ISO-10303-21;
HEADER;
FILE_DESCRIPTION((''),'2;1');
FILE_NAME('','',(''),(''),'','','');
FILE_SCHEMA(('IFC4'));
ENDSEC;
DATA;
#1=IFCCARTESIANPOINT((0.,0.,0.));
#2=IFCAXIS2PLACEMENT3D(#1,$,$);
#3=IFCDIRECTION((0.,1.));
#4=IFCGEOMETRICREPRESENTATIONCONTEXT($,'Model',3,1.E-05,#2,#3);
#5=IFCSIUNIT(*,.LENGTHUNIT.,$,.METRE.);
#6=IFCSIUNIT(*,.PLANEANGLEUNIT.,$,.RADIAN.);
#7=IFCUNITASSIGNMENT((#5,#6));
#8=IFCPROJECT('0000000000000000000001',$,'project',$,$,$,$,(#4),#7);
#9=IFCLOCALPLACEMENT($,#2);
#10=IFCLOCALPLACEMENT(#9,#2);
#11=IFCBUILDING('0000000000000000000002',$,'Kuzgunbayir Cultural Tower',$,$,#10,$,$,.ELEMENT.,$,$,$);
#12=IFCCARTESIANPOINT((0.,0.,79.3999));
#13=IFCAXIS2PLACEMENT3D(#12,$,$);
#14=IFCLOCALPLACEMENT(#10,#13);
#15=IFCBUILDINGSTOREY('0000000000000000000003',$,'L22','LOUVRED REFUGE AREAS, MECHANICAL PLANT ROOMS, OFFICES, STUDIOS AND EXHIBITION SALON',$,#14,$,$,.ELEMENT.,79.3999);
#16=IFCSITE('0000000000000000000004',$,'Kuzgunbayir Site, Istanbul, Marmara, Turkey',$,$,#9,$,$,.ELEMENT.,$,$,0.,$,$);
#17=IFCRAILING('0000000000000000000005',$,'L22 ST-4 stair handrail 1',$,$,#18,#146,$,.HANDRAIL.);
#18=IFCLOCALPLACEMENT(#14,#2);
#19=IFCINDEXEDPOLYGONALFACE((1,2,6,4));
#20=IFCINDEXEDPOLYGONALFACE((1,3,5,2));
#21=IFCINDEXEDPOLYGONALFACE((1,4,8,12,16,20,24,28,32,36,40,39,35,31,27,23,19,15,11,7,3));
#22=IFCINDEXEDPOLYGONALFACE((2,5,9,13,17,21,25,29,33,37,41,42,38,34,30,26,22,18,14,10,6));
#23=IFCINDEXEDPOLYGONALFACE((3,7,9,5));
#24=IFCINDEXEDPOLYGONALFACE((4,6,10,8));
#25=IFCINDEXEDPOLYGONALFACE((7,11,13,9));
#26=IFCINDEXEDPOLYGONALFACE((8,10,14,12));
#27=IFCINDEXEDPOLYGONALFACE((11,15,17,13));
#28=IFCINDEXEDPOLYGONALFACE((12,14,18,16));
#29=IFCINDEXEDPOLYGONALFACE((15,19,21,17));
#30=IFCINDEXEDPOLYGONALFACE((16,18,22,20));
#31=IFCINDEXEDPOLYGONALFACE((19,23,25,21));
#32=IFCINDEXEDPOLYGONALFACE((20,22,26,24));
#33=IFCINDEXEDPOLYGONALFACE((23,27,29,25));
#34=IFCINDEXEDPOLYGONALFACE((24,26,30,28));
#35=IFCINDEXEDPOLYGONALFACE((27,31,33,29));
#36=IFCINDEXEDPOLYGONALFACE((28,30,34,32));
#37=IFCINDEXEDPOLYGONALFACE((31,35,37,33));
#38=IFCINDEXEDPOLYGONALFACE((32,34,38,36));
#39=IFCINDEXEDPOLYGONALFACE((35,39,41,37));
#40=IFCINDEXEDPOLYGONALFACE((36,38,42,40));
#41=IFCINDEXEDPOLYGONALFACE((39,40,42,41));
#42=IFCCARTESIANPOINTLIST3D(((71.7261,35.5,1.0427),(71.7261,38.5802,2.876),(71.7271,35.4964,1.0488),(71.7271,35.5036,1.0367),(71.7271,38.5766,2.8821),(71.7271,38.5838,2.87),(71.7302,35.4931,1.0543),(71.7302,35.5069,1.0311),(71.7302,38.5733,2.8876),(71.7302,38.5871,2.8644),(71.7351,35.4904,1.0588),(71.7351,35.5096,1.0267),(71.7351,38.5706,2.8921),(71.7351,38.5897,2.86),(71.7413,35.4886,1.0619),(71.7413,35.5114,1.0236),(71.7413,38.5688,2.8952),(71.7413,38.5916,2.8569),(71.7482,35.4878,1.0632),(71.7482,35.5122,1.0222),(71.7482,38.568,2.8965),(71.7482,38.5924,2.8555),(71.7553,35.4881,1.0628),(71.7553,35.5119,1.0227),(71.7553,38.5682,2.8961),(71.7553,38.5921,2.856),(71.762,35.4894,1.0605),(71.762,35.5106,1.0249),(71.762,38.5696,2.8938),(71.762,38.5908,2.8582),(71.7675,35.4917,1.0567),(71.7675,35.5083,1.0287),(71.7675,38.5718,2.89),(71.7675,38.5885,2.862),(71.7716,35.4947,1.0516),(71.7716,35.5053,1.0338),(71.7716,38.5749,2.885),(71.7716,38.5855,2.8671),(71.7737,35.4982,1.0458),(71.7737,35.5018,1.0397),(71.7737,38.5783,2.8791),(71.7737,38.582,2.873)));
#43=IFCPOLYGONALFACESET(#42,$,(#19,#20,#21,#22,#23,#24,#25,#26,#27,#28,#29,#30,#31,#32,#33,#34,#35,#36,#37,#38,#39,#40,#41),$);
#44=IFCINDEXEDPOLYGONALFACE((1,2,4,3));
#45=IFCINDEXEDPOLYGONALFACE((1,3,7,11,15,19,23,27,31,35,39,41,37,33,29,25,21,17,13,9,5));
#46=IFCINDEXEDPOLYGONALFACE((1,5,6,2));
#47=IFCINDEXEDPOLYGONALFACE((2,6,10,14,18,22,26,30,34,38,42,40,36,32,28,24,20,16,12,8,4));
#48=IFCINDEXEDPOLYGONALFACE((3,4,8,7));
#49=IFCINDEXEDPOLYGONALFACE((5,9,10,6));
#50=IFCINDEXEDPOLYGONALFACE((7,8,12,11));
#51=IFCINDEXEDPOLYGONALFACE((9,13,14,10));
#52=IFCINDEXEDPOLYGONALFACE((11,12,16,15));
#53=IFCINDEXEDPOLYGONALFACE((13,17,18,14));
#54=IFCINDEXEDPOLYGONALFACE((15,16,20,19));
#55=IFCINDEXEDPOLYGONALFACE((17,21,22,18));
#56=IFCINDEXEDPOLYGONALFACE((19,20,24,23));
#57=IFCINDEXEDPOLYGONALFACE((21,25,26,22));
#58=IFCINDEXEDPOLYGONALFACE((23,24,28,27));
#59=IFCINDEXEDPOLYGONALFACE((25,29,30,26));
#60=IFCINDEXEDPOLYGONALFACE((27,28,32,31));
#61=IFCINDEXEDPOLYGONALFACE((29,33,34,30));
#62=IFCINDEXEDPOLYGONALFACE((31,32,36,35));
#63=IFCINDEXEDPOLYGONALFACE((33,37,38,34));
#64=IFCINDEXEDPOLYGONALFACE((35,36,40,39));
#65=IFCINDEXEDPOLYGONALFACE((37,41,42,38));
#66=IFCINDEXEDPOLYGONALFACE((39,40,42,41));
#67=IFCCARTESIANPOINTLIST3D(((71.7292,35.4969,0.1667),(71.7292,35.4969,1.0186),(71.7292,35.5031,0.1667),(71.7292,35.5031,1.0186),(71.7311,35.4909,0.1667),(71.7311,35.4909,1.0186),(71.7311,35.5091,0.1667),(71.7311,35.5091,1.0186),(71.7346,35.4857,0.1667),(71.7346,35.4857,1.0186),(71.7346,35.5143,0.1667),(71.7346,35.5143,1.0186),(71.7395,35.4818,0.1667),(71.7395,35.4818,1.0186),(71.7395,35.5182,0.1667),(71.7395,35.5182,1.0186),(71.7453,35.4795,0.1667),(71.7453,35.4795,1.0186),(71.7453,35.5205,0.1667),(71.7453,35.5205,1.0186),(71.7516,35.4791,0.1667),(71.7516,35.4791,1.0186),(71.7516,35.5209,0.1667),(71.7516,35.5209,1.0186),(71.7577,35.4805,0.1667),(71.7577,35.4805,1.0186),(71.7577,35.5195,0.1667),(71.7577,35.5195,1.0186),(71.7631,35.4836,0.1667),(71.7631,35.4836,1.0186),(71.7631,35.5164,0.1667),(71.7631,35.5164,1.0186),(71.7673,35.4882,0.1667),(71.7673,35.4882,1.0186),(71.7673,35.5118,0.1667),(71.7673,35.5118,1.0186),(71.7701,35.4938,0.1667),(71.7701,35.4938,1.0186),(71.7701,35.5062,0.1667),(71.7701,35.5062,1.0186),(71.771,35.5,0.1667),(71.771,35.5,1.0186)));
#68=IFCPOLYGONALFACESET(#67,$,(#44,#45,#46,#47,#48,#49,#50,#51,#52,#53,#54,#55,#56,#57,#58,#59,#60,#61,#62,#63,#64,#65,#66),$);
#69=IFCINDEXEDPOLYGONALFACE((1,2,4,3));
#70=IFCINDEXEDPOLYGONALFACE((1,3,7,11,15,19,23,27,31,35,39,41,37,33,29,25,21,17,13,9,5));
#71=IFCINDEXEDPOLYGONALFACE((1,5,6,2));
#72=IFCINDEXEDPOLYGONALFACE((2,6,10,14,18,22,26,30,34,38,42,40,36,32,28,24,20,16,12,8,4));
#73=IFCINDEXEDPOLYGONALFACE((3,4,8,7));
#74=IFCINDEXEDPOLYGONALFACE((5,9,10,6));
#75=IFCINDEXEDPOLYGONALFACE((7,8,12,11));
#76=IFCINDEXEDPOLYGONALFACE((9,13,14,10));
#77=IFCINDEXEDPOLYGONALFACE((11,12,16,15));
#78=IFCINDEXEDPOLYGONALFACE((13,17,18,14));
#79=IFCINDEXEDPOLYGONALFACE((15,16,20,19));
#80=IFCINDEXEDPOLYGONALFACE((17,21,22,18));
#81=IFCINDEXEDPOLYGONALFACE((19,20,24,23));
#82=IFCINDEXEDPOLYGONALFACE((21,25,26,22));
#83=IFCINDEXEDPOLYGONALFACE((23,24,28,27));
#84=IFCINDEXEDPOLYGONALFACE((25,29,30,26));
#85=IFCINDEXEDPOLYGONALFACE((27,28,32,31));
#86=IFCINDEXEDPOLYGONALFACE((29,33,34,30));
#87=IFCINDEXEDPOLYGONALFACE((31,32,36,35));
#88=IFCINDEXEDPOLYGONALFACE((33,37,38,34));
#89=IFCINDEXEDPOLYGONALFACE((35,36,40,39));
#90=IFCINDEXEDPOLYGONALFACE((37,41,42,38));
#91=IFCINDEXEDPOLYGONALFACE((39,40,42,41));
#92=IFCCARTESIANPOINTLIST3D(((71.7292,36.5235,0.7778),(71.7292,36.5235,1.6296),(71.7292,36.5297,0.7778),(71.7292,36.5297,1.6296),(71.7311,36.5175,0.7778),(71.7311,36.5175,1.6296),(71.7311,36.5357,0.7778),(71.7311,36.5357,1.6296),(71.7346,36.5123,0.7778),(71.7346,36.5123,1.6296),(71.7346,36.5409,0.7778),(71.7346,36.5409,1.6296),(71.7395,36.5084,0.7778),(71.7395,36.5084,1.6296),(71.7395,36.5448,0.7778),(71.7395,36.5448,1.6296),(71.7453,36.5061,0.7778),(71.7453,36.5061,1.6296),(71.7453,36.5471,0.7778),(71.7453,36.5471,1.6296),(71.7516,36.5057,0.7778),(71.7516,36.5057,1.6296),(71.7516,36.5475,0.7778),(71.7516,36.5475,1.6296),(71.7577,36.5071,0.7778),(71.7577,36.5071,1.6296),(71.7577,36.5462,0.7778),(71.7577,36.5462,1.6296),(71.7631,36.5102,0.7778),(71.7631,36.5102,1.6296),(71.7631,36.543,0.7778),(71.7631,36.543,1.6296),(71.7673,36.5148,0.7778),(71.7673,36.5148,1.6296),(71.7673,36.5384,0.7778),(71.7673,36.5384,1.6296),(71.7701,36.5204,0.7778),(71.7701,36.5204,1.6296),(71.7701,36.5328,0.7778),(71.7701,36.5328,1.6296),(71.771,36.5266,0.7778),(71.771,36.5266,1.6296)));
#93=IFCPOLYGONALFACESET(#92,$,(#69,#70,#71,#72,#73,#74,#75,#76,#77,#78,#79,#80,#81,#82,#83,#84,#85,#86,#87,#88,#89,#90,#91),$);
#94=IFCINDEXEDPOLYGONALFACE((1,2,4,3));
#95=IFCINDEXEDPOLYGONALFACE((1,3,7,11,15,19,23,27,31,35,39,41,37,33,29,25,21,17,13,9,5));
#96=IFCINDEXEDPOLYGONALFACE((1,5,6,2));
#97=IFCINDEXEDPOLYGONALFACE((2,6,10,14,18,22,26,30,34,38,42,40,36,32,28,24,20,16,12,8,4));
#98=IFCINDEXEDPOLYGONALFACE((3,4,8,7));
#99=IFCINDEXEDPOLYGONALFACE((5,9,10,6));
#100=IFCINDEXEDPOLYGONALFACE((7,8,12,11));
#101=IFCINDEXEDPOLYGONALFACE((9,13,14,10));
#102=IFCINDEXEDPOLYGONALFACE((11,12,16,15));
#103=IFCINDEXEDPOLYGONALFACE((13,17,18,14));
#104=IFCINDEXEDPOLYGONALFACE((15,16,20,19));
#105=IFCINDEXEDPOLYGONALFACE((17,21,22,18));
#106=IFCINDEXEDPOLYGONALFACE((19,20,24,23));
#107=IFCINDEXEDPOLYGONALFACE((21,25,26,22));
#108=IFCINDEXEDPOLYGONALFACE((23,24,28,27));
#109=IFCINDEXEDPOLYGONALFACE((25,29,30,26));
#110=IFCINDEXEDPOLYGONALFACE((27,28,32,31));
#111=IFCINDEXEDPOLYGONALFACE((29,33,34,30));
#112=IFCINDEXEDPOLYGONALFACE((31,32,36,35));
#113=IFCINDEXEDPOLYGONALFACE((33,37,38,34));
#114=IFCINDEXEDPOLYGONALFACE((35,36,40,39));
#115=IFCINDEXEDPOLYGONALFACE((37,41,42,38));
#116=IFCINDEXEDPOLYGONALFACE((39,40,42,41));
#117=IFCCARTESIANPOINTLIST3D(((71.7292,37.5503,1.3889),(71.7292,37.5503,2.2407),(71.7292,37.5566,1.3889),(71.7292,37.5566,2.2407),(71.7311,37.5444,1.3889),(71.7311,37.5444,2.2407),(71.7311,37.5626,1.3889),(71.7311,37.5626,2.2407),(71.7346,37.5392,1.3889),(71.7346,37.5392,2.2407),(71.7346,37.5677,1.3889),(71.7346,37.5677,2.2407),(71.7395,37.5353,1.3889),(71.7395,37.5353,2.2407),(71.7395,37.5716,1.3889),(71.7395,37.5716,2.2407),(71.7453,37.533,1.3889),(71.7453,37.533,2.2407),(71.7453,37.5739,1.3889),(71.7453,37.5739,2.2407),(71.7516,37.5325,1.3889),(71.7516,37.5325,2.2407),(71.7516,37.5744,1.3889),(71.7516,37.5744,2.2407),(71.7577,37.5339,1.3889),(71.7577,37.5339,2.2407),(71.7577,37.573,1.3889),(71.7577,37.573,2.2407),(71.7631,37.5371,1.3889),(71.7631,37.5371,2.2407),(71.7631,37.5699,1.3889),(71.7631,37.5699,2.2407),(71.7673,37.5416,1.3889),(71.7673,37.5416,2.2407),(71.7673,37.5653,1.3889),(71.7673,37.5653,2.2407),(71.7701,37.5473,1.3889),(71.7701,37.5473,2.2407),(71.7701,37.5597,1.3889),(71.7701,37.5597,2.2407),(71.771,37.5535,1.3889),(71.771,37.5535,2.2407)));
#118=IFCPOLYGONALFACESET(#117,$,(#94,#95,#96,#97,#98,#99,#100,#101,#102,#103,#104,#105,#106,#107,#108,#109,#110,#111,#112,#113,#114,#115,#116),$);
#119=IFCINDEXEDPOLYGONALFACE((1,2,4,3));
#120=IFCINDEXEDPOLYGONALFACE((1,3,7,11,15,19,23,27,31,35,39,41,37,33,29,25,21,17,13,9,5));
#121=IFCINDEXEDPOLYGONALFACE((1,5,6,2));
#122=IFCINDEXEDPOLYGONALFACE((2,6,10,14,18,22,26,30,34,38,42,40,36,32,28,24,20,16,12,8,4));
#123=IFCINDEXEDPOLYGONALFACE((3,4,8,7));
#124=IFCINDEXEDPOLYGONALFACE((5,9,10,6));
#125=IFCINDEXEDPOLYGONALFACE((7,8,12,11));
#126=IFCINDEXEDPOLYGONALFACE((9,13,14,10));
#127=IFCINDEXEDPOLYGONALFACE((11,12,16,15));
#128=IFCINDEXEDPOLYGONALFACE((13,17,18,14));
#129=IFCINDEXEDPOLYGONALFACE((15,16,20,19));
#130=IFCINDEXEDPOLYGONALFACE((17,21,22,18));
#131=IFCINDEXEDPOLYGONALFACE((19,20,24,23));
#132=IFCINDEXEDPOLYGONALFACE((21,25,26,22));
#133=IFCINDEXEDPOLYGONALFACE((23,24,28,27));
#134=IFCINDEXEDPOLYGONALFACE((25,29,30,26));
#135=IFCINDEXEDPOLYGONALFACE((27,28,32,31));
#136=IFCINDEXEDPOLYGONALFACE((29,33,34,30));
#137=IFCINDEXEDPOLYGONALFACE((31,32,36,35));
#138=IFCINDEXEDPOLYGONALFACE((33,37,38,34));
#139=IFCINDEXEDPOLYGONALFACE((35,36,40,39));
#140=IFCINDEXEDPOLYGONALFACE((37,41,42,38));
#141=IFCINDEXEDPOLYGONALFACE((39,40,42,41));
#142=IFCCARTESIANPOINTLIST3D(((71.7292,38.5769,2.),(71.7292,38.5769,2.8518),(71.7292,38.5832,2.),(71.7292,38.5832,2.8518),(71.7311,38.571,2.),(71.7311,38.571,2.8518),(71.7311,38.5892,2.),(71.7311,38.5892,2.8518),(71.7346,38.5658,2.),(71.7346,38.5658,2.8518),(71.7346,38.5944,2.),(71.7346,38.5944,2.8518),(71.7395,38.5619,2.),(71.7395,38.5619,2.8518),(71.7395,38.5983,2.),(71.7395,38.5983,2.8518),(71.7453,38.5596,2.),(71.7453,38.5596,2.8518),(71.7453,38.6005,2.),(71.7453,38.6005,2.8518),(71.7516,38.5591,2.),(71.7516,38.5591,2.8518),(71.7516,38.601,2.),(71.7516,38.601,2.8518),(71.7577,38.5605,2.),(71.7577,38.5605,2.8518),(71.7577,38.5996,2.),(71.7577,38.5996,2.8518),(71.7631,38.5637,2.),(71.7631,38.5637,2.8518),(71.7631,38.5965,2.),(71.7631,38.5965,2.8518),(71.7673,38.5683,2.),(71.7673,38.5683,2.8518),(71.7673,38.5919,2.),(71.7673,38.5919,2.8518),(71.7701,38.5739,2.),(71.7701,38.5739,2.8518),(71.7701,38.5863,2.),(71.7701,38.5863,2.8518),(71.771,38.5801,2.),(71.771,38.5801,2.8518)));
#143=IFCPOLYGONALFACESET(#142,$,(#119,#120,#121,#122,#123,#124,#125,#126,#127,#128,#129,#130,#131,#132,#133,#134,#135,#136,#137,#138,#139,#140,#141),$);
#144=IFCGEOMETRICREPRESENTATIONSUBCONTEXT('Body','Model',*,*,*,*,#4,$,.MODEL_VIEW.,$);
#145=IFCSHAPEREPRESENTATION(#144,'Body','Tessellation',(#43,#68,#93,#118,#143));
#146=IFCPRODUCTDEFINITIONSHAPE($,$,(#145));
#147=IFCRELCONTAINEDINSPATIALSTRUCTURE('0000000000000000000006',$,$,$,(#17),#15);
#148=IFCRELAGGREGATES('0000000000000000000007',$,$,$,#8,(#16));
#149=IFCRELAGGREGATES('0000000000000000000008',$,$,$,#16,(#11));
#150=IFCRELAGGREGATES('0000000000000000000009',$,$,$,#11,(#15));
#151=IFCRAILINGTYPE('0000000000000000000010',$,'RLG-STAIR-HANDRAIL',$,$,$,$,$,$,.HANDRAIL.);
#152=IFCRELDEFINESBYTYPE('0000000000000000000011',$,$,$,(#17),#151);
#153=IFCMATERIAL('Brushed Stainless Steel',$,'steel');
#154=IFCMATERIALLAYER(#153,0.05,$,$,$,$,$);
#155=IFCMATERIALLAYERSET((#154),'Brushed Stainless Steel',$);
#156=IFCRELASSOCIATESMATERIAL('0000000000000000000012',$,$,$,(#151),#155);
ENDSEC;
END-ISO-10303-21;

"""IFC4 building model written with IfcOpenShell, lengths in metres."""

from ifc_helpers import new_model, si_unit, direction, frame, origin, origin_2d, place, context, subcontext, project, spatial, circle, extrude, material, layer, layer_set, type_object, element, save


model = new_model("IFC4")

# Units and contexts
model_context = context("Model", 3, precision=1e-05, world=origin(), true_north=direction((0.0, 1.0)))
body_context = subcontext(model_context, "Body", "Model", "MODEL_VIEW")
ifc_project = project(units=[si_unit("LENGTHUNIT", "METRE"), si_unit("PLANEANGLEUNIT", "RADIAN")], contexts=[model_context])

# Site, building, storey
site_placement = place(None, origin())
site = spatial("IfcSite", under=ifc_project, at=site_placement, Name="Kuzgunbayir Site, Istanbul, Marmara, Turkey", CompositionType="ELEMENT", RefElevation=0.0)
building_placement = place(site_placement, origin())
building = spatial("IfcBuilding", under=site, at=building_placement, Name="Kuzgunbayir Cultural Tower", CompositionType="ELEMENT")
storey_placement = place(building_placement, frame((0.0, 0.0, 79.3999)))
storey = spatial("IfcBuildingStorey", under=building, at=storey_placement, Name="L22", Description="LOUVRED REFUGE AREAS, MECHANICAL PLANT ROOMS, OFFICES, STUDIOS AND EXHIBITION SALON", CompositionType="ELEMENT", Elevation=79.3999)

# Shared definitions
ifc_material_1 = material(Name="Brushed Stainless Steel", Category="steel")

# Railing
ifc_layer_1 = layer(ifc_material_1, 0.05)
ifc_layer_set_1 = layer_set([ifc_layer_1], Name="Brushed Stainless Steel")
railing_type_1 = type_object("IfcRailingType", Name="RLG-STAIR-HANDRAIL", PredefinedType="HANDRAIL", material=ifc_layer_set_1)
railing_1_placement = place(storey_placement, frame((71.75, 35.5, 0.1667)))
element("IfcRailing", 1, at=railing_1_placement, inside=storey, type_object=railing_type_1, Name="L22 ST-4 stair handrail 1", PredefinedType="HANDRAIL", context=body_context, shape_type="SweptSolid", body=[
    extrude(circle(Radius=0.0239, at=origin_2d()), frame((0.0, 0.0, 0.876), z_axis=(0.0, 0.859309, 0.511458), x_axis=(-1.0, 0.0, 0.0)), (0.0, 0.0, 1.0), 3.5845),
    extrude(circle(Radius=0.021, at=origin_2d()), origin(), (0.0, 0.0, 1.0), 0.8518),
    extrude(circle(Radius=0.021, at=origin_2d()), frame((0.0, 1.0266, 0.6111)), (0.0, 0.0, 1.0), 0.8518),
    extrude(circle(Radius=0.021, at=origin_2d()), frame((0.0, 2.0535, 1.2222)), (0.0, 0.0, 1.0), 0.8518),
    extrude(circle(Radius=0.021, at=origin_2d()), frame((0.0, 3.0801, 1.8333)), (0.0, 0.0, 1.0), 0.8518),
])

save(model, "model.ifc")
